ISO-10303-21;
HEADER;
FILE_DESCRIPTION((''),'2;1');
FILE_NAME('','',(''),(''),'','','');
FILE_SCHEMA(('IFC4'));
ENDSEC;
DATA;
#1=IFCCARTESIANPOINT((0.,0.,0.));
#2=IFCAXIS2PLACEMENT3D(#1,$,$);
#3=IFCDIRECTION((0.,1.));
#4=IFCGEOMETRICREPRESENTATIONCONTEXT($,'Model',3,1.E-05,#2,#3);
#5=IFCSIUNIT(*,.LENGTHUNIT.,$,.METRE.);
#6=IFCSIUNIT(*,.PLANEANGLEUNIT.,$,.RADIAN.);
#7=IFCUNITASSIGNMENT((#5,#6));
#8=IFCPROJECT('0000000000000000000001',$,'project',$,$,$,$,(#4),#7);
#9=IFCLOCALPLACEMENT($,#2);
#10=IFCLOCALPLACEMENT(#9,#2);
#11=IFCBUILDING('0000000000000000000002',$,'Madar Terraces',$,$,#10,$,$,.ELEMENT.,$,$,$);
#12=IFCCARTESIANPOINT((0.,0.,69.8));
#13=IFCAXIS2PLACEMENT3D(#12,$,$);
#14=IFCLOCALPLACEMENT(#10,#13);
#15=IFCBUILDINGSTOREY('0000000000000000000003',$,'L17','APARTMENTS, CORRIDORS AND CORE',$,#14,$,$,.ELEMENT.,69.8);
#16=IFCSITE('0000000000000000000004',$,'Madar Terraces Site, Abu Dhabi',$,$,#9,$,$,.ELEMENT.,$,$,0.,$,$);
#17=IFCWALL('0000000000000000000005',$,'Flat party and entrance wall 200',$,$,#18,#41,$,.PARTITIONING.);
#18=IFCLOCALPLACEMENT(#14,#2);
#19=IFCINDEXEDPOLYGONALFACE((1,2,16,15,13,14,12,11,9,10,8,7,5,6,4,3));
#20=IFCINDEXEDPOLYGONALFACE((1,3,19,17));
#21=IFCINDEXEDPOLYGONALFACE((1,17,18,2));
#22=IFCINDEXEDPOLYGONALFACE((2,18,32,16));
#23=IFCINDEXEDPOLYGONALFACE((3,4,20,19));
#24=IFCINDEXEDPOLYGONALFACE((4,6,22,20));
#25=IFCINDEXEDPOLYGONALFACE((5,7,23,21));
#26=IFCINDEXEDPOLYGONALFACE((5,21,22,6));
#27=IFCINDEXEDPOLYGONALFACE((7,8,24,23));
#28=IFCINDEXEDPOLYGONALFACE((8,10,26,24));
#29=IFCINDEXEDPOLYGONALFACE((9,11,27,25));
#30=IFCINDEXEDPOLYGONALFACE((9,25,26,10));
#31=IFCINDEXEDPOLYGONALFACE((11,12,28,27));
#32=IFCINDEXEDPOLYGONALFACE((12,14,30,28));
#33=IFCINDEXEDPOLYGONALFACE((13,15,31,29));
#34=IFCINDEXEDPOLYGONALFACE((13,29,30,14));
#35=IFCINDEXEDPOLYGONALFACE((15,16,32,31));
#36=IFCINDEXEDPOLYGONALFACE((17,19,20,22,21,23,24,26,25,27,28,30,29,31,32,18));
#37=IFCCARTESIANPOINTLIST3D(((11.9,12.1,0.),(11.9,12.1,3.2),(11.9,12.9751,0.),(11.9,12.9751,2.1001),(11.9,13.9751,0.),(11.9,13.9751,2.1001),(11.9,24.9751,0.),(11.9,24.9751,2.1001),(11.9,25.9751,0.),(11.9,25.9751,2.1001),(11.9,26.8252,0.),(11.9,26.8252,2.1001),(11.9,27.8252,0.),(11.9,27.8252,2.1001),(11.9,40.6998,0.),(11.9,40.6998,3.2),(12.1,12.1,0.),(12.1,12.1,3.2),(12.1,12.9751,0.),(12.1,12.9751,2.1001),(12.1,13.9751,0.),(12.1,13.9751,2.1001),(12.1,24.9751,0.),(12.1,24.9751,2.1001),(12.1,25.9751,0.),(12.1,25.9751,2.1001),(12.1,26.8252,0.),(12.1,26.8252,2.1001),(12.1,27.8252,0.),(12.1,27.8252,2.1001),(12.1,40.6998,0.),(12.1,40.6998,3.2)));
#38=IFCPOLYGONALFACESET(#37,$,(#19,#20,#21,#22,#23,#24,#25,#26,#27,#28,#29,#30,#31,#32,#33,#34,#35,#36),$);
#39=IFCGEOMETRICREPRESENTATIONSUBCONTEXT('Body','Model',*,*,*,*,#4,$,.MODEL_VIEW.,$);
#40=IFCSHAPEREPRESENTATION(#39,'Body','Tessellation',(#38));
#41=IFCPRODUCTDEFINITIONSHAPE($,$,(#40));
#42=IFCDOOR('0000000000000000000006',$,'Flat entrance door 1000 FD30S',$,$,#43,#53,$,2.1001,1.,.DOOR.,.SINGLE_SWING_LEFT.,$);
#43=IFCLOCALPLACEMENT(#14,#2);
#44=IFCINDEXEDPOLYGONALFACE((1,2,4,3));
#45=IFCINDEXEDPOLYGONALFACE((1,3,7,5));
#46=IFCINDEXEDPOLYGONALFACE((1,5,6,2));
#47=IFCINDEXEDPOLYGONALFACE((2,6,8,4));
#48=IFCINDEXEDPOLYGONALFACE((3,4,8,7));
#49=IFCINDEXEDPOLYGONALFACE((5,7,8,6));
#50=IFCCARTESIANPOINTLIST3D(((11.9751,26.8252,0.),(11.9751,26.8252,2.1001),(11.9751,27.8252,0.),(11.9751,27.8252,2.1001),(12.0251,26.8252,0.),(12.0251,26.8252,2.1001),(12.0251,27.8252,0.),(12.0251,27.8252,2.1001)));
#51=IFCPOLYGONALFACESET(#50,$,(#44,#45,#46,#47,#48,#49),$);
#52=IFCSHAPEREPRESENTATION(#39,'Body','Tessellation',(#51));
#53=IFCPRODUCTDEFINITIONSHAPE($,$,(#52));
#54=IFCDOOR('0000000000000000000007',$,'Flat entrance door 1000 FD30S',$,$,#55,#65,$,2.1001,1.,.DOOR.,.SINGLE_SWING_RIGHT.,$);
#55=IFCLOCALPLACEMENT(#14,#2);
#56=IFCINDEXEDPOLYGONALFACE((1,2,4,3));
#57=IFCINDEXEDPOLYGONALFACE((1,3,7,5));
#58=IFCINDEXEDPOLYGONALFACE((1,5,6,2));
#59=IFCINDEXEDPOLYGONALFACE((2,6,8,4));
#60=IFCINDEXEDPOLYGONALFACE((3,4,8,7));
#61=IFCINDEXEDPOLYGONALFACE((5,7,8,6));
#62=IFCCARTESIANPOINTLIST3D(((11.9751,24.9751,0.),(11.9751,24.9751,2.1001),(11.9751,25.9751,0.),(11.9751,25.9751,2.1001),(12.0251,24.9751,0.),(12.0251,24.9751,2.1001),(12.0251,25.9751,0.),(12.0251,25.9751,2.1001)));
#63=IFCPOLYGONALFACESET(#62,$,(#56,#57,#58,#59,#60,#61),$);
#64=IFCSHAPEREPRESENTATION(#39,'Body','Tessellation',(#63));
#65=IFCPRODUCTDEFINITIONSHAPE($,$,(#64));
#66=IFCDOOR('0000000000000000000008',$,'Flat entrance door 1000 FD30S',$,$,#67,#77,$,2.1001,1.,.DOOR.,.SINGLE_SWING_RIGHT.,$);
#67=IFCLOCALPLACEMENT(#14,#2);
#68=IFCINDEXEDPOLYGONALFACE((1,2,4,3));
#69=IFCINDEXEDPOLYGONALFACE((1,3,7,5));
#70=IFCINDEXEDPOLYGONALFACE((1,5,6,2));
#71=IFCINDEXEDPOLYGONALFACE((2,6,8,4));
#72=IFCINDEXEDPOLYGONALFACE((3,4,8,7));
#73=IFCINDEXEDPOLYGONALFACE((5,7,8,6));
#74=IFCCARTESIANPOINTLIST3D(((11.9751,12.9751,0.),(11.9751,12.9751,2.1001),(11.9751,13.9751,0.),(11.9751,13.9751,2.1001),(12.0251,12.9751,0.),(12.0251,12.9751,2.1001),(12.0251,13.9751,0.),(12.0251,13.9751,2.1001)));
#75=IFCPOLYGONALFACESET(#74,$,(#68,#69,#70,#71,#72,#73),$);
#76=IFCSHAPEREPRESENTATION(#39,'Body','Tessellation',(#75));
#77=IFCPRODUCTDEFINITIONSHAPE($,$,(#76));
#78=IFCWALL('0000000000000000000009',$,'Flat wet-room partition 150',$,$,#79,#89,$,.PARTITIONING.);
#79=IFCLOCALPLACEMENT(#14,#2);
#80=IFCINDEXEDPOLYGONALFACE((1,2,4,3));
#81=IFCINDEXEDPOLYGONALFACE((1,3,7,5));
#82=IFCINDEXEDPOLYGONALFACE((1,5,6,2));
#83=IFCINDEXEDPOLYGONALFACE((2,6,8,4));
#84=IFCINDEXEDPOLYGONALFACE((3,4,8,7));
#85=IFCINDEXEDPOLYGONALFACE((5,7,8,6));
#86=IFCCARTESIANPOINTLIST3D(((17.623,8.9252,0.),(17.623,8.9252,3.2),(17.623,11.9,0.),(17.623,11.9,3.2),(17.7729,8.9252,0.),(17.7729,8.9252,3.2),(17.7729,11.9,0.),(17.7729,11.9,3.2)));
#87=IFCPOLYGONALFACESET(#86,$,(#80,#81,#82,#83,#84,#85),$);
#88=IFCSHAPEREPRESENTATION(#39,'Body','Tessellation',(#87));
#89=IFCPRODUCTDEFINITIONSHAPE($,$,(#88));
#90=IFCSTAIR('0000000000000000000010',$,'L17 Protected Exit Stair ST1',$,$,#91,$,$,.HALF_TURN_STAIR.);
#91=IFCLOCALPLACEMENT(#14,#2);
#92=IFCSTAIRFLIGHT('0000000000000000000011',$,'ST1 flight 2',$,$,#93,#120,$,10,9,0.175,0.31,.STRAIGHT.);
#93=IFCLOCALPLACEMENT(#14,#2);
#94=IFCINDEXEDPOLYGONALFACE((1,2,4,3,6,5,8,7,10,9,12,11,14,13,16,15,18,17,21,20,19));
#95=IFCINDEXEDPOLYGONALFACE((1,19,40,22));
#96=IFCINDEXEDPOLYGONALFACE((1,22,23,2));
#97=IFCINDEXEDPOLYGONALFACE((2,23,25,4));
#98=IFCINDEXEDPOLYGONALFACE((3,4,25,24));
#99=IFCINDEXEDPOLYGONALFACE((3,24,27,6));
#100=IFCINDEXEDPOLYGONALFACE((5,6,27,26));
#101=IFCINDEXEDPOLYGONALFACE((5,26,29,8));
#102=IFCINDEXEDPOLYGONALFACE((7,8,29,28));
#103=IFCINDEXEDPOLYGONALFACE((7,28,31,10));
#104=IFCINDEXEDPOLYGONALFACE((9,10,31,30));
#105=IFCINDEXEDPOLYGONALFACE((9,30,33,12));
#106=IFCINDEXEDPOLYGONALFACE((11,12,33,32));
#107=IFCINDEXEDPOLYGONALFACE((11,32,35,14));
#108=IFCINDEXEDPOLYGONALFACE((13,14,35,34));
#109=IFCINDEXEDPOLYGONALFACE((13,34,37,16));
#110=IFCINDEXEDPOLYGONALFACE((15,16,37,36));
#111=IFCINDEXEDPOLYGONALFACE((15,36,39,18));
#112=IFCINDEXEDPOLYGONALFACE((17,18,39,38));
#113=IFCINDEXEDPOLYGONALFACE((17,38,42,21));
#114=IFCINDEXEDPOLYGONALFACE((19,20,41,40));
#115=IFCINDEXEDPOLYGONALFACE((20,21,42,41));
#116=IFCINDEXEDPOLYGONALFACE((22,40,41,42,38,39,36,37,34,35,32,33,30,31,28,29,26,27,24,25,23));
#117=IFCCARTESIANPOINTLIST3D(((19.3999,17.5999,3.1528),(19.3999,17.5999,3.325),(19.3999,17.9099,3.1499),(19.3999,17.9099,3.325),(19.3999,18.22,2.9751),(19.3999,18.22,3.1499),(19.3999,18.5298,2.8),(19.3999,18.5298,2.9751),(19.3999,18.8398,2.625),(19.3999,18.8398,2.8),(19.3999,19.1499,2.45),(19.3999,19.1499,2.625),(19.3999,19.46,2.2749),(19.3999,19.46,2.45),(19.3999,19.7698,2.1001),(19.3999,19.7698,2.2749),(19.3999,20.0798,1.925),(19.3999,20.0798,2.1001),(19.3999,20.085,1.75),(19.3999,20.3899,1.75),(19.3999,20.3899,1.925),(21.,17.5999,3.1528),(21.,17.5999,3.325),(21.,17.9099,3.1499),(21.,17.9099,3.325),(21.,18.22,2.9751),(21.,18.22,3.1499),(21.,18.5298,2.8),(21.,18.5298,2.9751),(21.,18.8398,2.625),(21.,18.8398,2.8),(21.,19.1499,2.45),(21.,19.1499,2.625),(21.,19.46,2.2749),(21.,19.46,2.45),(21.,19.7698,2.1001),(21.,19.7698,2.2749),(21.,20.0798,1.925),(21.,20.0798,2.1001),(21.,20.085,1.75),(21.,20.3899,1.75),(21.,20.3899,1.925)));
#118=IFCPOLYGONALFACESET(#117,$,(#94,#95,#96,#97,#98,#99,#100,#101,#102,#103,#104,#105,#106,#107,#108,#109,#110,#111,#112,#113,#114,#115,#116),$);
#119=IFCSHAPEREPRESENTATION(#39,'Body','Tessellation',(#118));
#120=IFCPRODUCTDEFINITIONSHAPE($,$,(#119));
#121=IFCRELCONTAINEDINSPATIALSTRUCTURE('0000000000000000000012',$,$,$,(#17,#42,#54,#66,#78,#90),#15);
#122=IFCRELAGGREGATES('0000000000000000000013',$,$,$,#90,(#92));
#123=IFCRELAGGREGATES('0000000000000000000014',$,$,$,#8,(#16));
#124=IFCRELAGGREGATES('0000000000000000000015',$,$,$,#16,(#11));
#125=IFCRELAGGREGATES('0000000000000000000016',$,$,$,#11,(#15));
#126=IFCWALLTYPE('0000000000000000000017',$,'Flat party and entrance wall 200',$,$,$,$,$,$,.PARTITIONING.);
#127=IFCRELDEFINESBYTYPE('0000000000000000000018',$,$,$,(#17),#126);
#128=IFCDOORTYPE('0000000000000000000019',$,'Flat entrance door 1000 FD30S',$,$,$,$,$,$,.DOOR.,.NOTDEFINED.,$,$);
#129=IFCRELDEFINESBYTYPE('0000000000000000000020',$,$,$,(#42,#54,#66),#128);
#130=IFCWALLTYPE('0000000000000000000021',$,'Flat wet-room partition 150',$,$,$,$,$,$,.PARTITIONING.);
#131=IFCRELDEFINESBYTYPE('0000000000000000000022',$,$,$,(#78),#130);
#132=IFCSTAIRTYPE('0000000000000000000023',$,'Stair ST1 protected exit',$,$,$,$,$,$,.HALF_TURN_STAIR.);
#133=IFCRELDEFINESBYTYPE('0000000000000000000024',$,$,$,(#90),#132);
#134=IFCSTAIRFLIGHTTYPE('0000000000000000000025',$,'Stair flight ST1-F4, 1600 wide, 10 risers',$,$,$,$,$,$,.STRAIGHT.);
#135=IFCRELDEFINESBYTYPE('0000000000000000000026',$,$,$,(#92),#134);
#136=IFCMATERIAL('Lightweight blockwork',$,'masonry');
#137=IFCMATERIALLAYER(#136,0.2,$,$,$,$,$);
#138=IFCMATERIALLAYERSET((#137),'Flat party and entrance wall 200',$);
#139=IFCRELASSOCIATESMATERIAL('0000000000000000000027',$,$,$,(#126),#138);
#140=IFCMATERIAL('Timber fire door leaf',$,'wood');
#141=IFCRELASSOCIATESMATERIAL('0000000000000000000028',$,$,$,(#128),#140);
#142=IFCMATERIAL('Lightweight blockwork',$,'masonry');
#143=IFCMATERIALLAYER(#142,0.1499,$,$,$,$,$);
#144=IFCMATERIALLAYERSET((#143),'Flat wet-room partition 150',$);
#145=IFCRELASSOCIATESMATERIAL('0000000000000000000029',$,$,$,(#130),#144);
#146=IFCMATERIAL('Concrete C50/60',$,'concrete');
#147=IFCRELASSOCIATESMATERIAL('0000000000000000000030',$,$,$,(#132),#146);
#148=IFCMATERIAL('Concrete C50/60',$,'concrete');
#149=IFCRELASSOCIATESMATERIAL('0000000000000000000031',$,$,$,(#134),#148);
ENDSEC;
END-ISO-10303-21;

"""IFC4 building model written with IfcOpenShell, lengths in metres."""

from ifc_helpers import new_model, si_unit, direction, frame, frame_2d, origin, place, context, subcontext, project, spatial, polyline, rectangle, outline, extrude, material, layer, layer_set, type_object, element, fill, aggregate, save


model = new_model("IFC4")

# Units and contexts
model_context = context("Model", 3, precision=1e-05, world=origin(), true_north=direction((0.0, 1.0)))
body_context = subcontext(model_context, "Body", "Model", "MODEL_VIEW")
ifc_project = project(units=[si_unit("LENGTHUNIT", "METRE"), si_unit("PLANEANGLEUNIT", "RADIAN")], contexts=[model_context])

# Site, building, storey
site_placement = place(None, origin())
site = spatial("IfcSite", under=ifc_project, at=site_placement, Name="Madar Terraces Site, Abu Dhabi", CompositionType="ELEMENT", RefElevation=0.0)
building_placement = place(site_placement, origin())
building = spatial("IfcBuilding", under=site, at=building_placement, Name="Madar Terraces", CompositionType="ELEMENT")
storey_placement = place(building_placement, frame((0.0, 0.0, 69.8)))
storey = spatial("IfcBuildingStorey", under=building, at=storey_placement, Name="L17", Description="APARTMENTS, CORRIDORS AND CORE", CompositionType="ELEMENT", Elevation=69.8)

# Wall, openings, doors
ifc_material_1 = material(Name="Lightweight blockwork", Category="masonry")
ifc_layer_1 = layer(ifc_material_1, 0.2)
ifc_layer_set_1 = layer_set([ifc_layer_1], Name="Flat party and entrance wall 200")
wall_type_1 = type_object("IfcWallType", Name="Flat party and entrance wall 200", PredefinedType="PARTITIONING", material=ifc_layer_set_1)
wall_1_placement = place(storey_placement, frame((12.0, 12.1001, 0.0), z_axis=(0.0, 0.0, 1.0), x_axis=(0.0, 1.0, 0.0)))
wall_1 = element("IfcWall", 1, at=wall_1_placement, inside=storey, type_object=wall_type_1, Name="Flat party and entrance wall 200", PredefinedType="PARTITIONING", context=body_context, shape_type="SweptSolid", body=[
    extrude(rectangle(XDim=28.5999, YDim=0.2, at=frame_2d((14.2998, 0.0))), origin(), (0.0, 0.0, 1.0), 3.2),
])
opening_1_placement = place(wall_1_placement, frame((14.7251, 0.0, 0.0)))
opening_1 = element("IfcOpeningElement", 2, at=opening_1_placement, cuts=wall_1, PredefinedType="OPENING", context=body_context, shape_type="SweptSolid", body=[
    extrude(rectangle(XDim=1.0, YDim=2.1001, at=frame_2d((0.5, 1.05))), frame((0.0, 0.1099, 0.0), z_axis=(0.0, -1.0, 0.0), x_axis=(1.0, 0.0, 0.0)), (0.0, 0.0, 1.0), 0.22),
])
opening_2_placement = place(wall_1_placement, frame((12.875, 0.0, 0.0)))
opening_2 = element("IfcOpeningElement", 3, at=opening_2_placement, cuts=wall_1, PredefinedType="OPENING", context=body_context, shape_type="SweptSolid", body=[
    extrude(rectangle(XDim=1.0, YDim=2.1001, at=frame_2d((0.5, 1.05))), frame((0.0, 0.1099, 0.0), z_axis=(0.0, -1.0, 0.0), x_axis=(1.0, 0.0, 0.0)), (0.0, 0.0, 1.0), 0.22),
])
opening_3_placement = place(wall_1_placement, frame((0.875, 0.0, 0.0)))
opening_3 = element("IfcOpeningElement", 4, at=opening_3_placement, cuts=wall_1, PredefinedType="OPENING", context=body_context, shape_type="SweptSolid", body=[
    extrude(rectangle(XDim=1.0, YDim=2.1001, at=frame_2d((0.5, 1.05))), frame((0.0, 0.1099, 0.0), z_axis=(0.0, -1.0, 0.0), x_axis=(1.0, 0.0, 0.0)), (0.0, 0.0, 1.0), 0.22),
])
ifc_material_2 = material(Name="Timber fire door leaf", Category="wood")
door_type_1 = type_object("IfcDoorType", Name="Flat entrance door 1000 FD30S", OperationType="NOTDEFINED", PredefinedType="DOOR", material=ifc_material_2)
door_1_placement = place(opening_1_placement, origin())
door_1 = element("IfcDoor", 5, at=door_1_placement, inside=storey, type_object=door_type_1, Name="Flat entrance door 1000 FD30S", OperationType="SINGLE_SWING_LEFT", OverallHeight=2.1001, OverallWidth=1.0, PredefinedType="DOOR", context=body_context, shape_type="SweptSolid", body=[
    extrude(rectangle(XDim=1.0, YDim=2.1001, at=frame_2d((0.5, 1.05))), frame((0.0, 0.0249, 0.0), z_axis=(0.0, -1.0, 0.0), x_axis=(1.0, 0.0, 0.0)), (0.0, 0.0, 1.0), 0.05),
])
fill(opening_1, door_1)
door_2_placement = place(opening_2_placement, origin())
door_2 = element("IfcDoor", 6, at=door_2_placement, inside=storey, type_object=door_type_1, Name="Flat entrance door 1000 FD30S", OperationType="SINGLE_SWING_RIGHT", OverallHeight=2.1001, OverallWidth=1.0, PredefinedType="DOOR", context=body_context, shape_type="SweptSolid", body=[
    extrude(rectangle(XDim=1.0, YDim=2.1001, at=frame_2d((0.5, 1.05))), frame((0.0, 0.0249, 0.0), z_axis=(0.0, -1.0, 0.0), x_axis=(1.0, 0.0, 0.0)), (0.0, 0.0, 1.0), 0.05),
])
fill(opening_2, door_2)
door_3_placement = place(opening_3_placement, origin())
door_3 = element("IfcDoor", 7, at=door_3_placement, inside=storey, type_object=door_type_1, Name="Flat entrance door 1000 FD30S", OperationType="SINGLE_SWING_RIGHT", OverallHeight=2.1001, OverallWidth=1.0, PredefinedType="DOOR", context=body_context, shape_type="SweptSolid", body=[
    extrude(rectangle(XDim=1.0, YDim=2.1001, at=frame_2d((0.5, 1.05))), frame((0.0, 0.0249, 0.0), z_axis=(0.0, -1.0, 0.0), x_axis=(1.0, 0.0, 0.0)), (0.0, 0.0, 1.0), 0.05),
])
fill(opening_3, door_3)

# Wall
ifc_material_3 = material(Name="Lightweight blockwork", Category="masonry")
ifc_layer_2 = layer(ifc_material_3, 0.1499)
ifc_layer_set_2 = layer_set([ifc_layer_2], Name="Flat wet-room partition 150")
wall_type_2 = type_object("IfcWallType", Name="Flat wet-room partition 150", PredefinedType="PARTITIONING", material=ifc_layer_set_2)
wall_2_placement = place(storey_placement, frame((17.698, 11.8999, 0.0), z_axis=(0.0, 0.0, 1.0), x_axis=(0.0, -1.0, 0.0)))
element("IfcWall", 8, at=wall_2_placement, inside=storey, type_object=wall_type_2, Name="Flat wet-room partition 150", PredefinedType="PARTITIONING", context=body_context, shape_type="SweptSolid", body=[
    extrude(rectangle(XDim=2.9749, YDim=0.1499, at=frame_2d((1.4873, 0.0))), origin(), (0.0, 0.0, 1.0), 3.2),
])

# Stair, stair flight
ifc_material_4 = material(Name="Concrete C50/60", Category="concrete")
stair_type = type_object("IfcStairType", Name="Stair ST1 protected exit", PredefinedType="HALF_TURN_STAIR", material=ifc_material_4)
stair_placement = place(storey_placement, origin())
stair = element("IfcStair", 9, at=stair_placement, inside=storey, type_object=stair_type, Name="L17 Protected Exit Stair ST1", PredefinedType="HALF_TURN_STAIR")
ifc_material_5 = material(Name="Concrete C50/60", Category="concrete")
stair_flight_type = type_object("IfcStairFlightType", Name="Stair flight ST1-F4, 1600 wide, 10 risers", PredefinedType="STRAIGHT", material=ifc_material_5)
stair_flight_placement = place(storey_placement, frame((20.2, 20.3899, 1.75), z_axis=(0.0, 0.0, 1.0), x_axis=(0.0, -1.0, 0.0)))
stair_flight = element("IfcStairFlight", 10, at=stair_flight_placement, type_object=stair_flight_type, Name="ST1 flight 2", NumberOfRisers=10, NumberOfTreads=9, PredefinedType="STRAIGHT", RiserHeight=0.175, TreadLength=0.31, context=body_context, shape_type="SweptSolid", body=[
    extrude(outline(polyline([(0.0, 0.0), (0.0, 0.175), (0.3101, 0.175), (0.3101, 0.3501), (0.6201, 0.3501), (0.6201, 0.5249), (0.9299, 0.5249), (0.9299, 0.7), (1.24, 0.7), (1.24, 0.875), (1.55, 0.875), (1.55, 1.05), (1.8601, 1.05), (1.8601, 1.2251), (2.1699, 1.2251), (2.1699, 1.3999), (2.48, 1.3999), (2.48, 1.575), (2.79, 1.575), (2.79, 1.75), (2.79, 1.4028), (0.3049, 0.0), (0.0, 0.0)])), frame((0.0, 0.8, 0.0), z_axis=(0.0, -1.0, 0.0), x_axis=(1.0, 0.0, 0.0)), (0.0, 0.0, 1.0), 1.6001),
])
aggregate(stair, [stair_flight])

save(model, "model.ifc")
